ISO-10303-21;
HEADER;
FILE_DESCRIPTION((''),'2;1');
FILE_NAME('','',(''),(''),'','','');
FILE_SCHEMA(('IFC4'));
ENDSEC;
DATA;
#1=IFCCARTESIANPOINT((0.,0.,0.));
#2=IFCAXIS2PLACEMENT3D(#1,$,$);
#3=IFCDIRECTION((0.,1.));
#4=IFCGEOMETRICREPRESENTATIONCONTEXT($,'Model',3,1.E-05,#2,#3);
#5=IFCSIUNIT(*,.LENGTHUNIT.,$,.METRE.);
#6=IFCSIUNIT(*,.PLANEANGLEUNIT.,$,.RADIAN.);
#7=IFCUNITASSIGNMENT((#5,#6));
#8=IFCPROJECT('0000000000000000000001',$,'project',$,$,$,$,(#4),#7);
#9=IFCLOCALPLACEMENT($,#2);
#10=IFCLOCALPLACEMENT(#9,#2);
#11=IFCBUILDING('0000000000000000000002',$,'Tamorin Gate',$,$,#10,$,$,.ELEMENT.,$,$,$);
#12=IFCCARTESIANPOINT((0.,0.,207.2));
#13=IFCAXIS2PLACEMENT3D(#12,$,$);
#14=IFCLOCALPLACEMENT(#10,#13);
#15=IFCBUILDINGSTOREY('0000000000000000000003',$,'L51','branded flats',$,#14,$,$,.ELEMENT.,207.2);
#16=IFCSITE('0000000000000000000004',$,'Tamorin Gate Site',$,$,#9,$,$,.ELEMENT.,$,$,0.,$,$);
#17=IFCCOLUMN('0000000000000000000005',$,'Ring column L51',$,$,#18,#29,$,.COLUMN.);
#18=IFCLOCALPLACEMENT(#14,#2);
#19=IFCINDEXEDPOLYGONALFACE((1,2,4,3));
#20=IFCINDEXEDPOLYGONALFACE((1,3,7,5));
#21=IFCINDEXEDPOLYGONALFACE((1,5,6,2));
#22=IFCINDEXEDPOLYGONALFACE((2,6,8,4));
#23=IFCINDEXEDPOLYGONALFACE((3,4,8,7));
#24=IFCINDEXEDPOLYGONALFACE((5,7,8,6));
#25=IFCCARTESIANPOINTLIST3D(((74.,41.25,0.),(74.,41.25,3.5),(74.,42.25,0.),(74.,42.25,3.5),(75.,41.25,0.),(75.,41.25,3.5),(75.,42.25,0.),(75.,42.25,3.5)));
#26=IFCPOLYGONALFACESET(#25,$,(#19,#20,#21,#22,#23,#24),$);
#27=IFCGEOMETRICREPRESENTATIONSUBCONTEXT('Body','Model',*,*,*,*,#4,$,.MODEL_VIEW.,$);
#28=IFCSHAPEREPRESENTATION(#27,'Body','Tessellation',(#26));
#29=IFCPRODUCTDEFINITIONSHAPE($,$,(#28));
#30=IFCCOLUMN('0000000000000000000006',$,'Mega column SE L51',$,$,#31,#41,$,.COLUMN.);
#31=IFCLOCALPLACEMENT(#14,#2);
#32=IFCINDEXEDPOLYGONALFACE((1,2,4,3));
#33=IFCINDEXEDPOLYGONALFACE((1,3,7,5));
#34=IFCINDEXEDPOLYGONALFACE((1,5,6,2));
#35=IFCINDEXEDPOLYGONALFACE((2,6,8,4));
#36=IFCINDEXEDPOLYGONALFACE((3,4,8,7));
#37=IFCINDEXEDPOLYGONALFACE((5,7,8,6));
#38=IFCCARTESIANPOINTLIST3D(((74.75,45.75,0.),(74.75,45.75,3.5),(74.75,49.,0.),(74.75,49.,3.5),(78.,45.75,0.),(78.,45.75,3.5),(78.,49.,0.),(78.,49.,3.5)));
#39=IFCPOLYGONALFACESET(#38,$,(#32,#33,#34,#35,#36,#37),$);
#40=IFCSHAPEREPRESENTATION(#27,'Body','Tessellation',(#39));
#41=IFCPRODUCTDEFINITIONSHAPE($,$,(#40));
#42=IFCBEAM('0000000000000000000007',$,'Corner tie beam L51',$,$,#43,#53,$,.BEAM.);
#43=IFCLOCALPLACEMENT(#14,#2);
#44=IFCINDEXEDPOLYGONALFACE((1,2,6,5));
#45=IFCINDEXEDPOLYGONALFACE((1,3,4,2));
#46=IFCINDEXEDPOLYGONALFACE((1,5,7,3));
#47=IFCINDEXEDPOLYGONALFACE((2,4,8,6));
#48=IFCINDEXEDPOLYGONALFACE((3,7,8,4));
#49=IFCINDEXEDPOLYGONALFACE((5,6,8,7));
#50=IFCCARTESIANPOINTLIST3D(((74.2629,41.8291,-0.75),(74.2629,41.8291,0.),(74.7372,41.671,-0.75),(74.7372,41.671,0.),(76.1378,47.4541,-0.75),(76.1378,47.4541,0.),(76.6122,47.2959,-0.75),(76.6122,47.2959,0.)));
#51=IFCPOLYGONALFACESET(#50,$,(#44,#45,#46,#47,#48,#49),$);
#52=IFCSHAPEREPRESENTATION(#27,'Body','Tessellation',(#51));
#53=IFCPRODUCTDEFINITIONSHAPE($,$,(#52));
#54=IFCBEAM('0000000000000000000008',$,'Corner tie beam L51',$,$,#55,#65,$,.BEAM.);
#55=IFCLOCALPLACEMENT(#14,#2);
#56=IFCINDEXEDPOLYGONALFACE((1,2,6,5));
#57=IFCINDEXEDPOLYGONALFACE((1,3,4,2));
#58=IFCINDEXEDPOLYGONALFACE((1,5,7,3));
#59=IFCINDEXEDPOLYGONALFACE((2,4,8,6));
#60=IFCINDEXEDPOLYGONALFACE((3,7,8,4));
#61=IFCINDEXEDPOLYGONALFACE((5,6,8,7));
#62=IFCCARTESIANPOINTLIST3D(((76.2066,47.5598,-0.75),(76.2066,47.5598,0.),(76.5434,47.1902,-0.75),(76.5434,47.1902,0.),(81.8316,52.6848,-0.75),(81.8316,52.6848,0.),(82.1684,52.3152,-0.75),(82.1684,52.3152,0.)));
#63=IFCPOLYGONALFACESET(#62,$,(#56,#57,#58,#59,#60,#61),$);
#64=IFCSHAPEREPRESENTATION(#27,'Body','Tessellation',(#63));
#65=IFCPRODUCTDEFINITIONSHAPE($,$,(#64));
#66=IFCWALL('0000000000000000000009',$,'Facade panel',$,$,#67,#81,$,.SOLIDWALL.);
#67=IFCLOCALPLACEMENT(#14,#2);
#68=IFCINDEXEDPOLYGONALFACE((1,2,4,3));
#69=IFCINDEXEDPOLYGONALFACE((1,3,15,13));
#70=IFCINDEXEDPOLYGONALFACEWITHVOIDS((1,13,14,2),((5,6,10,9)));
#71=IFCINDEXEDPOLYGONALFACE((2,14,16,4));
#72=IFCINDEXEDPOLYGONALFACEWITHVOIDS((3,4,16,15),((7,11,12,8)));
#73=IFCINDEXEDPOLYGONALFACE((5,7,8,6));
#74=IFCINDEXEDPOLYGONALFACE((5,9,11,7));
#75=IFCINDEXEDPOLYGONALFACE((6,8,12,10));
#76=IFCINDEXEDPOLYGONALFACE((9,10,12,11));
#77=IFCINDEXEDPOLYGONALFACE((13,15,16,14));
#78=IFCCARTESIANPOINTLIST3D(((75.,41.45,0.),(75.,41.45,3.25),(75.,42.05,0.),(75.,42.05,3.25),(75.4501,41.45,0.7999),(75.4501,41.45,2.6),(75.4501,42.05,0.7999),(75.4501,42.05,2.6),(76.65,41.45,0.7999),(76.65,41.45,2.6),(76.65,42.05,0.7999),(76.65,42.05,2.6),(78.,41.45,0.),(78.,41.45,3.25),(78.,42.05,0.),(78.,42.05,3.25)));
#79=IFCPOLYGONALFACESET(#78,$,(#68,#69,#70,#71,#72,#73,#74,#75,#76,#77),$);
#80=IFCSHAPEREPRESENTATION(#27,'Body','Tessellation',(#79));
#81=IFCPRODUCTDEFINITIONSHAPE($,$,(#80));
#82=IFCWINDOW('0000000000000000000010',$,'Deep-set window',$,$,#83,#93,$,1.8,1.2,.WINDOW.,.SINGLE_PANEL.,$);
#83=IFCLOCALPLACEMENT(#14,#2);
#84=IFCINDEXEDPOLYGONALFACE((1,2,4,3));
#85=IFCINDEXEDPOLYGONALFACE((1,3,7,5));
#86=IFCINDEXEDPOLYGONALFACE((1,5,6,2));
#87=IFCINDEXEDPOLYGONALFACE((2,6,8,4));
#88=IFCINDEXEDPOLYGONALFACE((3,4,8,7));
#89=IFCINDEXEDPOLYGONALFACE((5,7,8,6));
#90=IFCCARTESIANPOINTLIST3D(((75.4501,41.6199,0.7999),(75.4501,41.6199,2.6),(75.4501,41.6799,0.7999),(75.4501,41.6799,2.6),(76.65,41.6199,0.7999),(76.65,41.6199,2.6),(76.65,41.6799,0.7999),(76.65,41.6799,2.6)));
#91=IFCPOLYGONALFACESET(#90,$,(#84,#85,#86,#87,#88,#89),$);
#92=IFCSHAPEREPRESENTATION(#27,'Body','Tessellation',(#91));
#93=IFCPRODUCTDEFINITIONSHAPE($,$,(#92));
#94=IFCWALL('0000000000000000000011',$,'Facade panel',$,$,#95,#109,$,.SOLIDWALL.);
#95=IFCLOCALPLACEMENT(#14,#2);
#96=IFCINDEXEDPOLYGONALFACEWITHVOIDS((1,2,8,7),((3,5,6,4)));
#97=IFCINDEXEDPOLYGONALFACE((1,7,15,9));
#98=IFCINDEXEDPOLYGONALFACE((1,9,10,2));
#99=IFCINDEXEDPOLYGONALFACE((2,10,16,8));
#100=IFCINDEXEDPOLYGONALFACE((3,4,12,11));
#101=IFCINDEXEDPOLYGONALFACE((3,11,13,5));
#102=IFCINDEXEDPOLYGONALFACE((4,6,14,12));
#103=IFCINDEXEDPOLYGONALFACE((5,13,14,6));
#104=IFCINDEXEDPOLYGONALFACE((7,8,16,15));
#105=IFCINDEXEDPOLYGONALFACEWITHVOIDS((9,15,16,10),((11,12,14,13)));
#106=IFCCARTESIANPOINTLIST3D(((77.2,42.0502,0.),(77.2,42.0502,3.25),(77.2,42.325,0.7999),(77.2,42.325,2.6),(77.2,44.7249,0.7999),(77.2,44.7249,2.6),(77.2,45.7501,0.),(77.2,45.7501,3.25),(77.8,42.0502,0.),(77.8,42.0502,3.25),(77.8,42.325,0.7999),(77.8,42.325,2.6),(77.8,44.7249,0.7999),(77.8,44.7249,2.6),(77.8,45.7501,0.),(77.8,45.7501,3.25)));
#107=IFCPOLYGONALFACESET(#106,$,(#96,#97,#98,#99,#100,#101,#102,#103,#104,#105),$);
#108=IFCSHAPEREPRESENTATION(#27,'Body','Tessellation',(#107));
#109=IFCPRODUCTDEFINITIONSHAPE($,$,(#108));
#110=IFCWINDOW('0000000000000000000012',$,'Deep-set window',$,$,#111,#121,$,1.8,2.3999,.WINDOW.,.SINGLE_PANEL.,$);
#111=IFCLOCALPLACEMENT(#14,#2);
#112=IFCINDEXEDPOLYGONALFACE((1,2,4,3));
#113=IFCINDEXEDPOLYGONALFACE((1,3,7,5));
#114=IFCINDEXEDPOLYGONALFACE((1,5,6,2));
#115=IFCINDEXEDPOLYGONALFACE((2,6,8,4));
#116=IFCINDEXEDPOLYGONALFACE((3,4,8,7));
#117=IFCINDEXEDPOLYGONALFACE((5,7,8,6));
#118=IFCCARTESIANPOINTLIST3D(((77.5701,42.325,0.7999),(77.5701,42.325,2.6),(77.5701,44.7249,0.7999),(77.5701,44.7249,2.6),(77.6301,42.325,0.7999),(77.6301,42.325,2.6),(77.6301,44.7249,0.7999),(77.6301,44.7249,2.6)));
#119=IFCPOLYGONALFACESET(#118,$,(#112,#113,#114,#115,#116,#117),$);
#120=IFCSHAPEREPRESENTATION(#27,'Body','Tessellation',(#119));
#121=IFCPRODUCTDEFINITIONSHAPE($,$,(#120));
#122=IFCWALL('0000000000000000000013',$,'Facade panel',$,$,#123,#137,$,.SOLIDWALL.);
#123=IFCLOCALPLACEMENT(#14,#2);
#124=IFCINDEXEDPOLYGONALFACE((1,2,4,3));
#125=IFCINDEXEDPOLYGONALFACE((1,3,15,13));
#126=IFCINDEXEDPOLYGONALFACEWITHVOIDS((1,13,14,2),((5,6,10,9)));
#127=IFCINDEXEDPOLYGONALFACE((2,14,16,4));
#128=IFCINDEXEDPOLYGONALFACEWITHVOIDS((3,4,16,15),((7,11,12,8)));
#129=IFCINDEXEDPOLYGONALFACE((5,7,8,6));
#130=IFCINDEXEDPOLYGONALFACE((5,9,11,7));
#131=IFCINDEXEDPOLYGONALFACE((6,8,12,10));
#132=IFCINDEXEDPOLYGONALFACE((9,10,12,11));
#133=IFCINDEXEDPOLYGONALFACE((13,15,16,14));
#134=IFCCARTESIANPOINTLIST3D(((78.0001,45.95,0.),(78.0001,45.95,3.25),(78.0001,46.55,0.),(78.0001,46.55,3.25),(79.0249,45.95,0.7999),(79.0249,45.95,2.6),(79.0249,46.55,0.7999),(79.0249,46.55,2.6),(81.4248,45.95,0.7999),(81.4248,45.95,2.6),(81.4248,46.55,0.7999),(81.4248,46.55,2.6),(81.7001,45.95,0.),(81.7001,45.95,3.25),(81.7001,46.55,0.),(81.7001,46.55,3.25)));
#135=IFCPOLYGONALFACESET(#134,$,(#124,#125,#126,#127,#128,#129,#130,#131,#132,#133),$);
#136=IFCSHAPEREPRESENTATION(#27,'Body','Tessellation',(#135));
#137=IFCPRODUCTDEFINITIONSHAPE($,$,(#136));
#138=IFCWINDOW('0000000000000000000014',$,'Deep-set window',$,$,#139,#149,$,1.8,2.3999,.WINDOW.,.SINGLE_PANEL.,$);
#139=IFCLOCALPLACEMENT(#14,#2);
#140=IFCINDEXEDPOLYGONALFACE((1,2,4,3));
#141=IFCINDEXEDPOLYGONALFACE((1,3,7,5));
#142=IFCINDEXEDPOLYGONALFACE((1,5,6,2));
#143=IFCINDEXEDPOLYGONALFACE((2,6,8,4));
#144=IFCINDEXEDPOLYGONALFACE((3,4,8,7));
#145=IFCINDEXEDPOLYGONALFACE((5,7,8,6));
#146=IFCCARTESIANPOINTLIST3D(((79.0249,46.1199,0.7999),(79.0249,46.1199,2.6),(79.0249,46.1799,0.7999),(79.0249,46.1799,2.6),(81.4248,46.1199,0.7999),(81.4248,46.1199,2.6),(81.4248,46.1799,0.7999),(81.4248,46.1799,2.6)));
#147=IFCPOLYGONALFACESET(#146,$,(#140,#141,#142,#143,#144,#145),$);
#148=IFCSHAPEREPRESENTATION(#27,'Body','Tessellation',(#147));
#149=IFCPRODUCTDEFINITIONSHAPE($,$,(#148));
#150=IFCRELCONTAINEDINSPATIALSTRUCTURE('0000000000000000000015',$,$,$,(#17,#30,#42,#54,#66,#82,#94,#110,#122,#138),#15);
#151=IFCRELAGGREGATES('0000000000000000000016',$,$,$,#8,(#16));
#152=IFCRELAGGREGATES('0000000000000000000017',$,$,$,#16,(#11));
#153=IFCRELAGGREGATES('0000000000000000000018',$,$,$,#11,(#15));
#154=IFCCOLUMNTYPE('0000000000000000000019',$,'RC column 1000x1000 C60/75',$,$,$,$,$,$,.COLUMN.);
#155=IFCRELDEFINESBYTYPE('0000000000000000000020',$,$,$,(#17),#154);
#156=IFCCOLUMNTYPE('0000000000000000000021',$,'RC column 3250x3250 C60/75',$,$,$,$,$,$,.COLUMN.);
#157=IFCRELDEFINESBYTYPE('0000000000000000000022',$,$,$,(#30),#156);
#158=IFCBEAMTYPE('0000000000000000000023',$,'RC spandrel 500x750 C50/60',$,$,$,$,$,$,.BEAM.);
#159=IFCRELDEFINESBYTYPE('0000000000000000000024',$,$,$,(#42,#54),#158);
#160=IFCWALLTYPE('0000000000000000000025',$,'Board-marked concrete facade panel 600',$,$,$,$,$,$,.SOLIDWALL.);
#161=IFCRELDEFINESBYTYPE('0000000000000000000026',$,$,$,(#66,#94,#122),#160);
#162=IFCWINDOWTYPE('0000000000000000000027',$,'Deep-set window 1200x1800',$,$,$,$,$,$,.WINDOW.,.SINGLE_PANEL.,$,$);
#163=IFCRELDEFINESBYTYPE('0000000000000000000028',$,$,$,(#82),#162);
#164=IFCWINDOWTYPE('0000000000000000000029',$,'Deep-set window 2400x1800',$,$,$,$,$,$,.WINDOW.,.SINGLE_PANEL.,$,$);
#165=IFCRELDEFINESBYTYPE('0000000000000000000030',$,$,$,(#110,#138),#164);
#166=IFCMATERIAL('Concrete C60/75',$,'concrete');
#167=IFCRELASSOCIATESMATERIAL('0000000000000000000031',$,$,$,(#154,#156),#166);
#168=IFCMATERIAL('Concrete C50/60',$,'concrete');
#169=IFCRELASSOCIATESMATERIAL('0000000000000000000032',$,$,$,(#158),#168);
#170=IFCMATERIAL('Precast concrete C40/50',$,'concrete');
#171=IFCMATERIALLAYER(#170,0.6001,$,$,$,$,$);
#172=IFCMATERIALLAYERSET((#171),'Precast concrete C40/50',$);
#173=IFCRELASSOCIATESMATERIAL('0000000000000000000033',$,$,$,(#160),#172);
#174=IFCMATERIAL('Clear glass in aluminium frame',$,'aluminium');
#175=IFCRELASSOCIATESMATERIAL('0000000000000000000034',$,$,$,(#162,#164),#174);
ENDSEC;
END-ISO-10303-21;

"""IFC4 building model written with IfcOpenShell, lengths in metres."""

from ifc_helpers import new_model, si_unit, direction, frame, frame_2d, origin, origin_2d, place, context, subcontext, project, spatial, rectangle, extrude, material, layer, layer_set, material_profile, profile_set, type_object, element, fill, save


model = new_model("IFC4")

# Units and contexts
model_context = context("Model", 3, precision=1e-05, world=origin(), true_north=direction((0.0, 1.0)))
body_context = subcontext(model_context, "Body", "Model", "MODEL_VIEW")
ifc_project = project(units=[si_unit("LENGTHUNIT", "METRE"), si_unit("PLANEANGLEUNIT", "RADIAN")], contexts=[model_context])

# Site, building, storey
site_placement = place(None, origin())
site = spatial("IfcSite", under=ifc_project, at=site_placement, Name="Tamorin Gate Site", CompositionType="ELEMENT", RefElevation=0.0)
building_placement = place(site_placement, origin())
building = spatial("IfcBuilding", under=site, at=building_placement, Name="Tamorin Gate", CompositionType="ELEMENT")
storey_placement = place(building_placement, frame((0.0, 0.0, 207.2)))
storey = spatial("IfcBuildingStorey", under=building, at=storey_placement, Name="L51", Description="branded flats", CompositionType="ELEMENT", Elevation=207.2)

# Columns
ifc_material_1 = material(Name="Concrete C60/75", Category="concrete")
ifc_material_profile_1 = material_profile(ifc_material_1, rectangle(XDim=1.0, YDim=1.0, at=origin_2d()), Name="RC 1000x1000")
ifc_profile_set_1 = profile_set([ifc_material_profile_1], Name="Concrete C60/75")
column_type_1 = type_object("IfcColumnType", Name="RC column 1000x1000 C60/75", PredefinedType="COLUMN", material=ifc_profile_set_1)
column_1_placement = place(storey_placement, frame((74.5, 41.75, 0.0), z_axis=(0.0, 0.0, 1.0), x_axis=(1.0, 0.0, 0.0)))
element("IfcColumn", 1, at=column_1_placement, inside=storey, type_object=column_type_1, Name="Ring column L51", PredefinedType="COLUMN", context=body_context, shape_type="SweptSolid", body=[
    extrude(rectangle(XDim=1.0, YDim=1.0, at=origin_2d()), origin(), (0.0, 0.0, 1.0), 3.5),
])
ifc_material_profile_2 = material_profile(ifc_material_1, rectangle(XDim=3.25, YDim=3.25, at=origin_2d()), Name="RC 3250x3250")
ifc_profile_set_2 = profile_set([ifc_material_profile_2], Name="Concrete C60/75")
column_type_2 = type_object("IfcColumnType", Name="RC column 3250x3250 C60/75", PredefinedType="COLUMN", material=ifc_profile_set_2)
column_2_placement = place(storey_placement, frame((76.375, 47.375, 0.0), z_axis=(0.0, 0.0, 1.0), x_axis=(1.0, 0.0, 0.0)))
element("IfcColumn", 2, at=column_2_placement, inside=storey, type_object=column_type_2, Name="Mega column SE L51", PredefinedType="COLUMN", context=body_context, shape_type="SweptSolid", body=[
    extrude(rectangle(XDim=3.25, YDim=3.25, at=origin_2d()), origin(), (0.0, 0.0, 1.0), 3.5),
])

# Beams
ifc_material_2 = material(Name="Concrete C50/60", Category="concrete")
ifc_material_profile_3 = material_profile(ifc_material_2, rectangle(XDim=0.5, YDim=0.75, at=origin_2d()), Name="RC 500x750")
ifc_profile_set_3 = profile_set([ifc_material_profile_3], Name="Concrete C50/60")
beam_type = type_object("IfcBeamType", Name="RC spandrel 500x750 C50/60", PredefinedType="BEAM", material=ifc_profile_set_3)
beam_1_placement = place(storey_placement, frame((76.375, 47.375, -0.375), z_axis=(-0.316228, -0.948683, 0.0), x_axis=(0.948683, -0.316228, 0.0)))
element("IfcBeam", 3, at=beam_1_placement, inside=storey, type_object=beam_type, Name="Corner tie beam L51", PredefinedType="BEAM", context=body_context, shape_type="SweptSolid", body=[
    extrude(rectangle(XDim=0.5, YDim=0.75, at=origin_2d()), origin(), (0.0, 0.0, 1.0), 5.9292),
])
beam_2_placement = place(storey_placement, frame((76.375, 47.375, -0.375), z_axis=(0.739196, 0.67349, 0.0), x_axis=(-0.67349, 0.739196, 0.0)))
element("IfcBeam", 4, at=beam_2_placement, inside=storey, type_object=beam_type, Name="Corner tie beam L51", PredefinedType="BEAM", context=body_context, shape_type="SweptSolid", body=[
    extrude(rectangle(XDim=0.5, YDim=0.75, at=origin_2d()), origin(), (0.0, 0.0, 1.0), 7.6096),
])

# Walls, openings, windows
ifc_material_3 = material(Name="Precast concrete C40/50", Category="concrete")
ifc_layer = layer(ifc_material_3, 0.6001)
ifc_layer_set = layer_set([ifc_layer], Name="Precast concrete C40/50")
wall_type = type_object("IfcWallType", Name="Board-marked concrete facade panel 600", PredefinedType="SOLIDWALL", material=ifc_layer_set)
wall_1_placement = place(storey_placement, frame((75.0, 41.75, 0.0), z_axis=(0.0, 0.0, 1.0), x_axis=(1.0, 0.0, 0.0)))
wall_1 = element("IfcWall", 5, at=wall_1_placement, inside=storey, type_object=wall_type, Name="Facade panel", PredefinedType="SOLIDWALL", context=body_context, shape_type="SweptSolid", body=[
    extrude(rectangle(XDim=3.0, YDim=0.6001, at=frame_2d((1.5, 0.0))), origin(), (0.0, 0.0, 1.0), 3.25),
])
opening_1_placement = place(wall_1_placement, frame((0.45, 0.0, 0.8)))
opening_1 = element("IfcOpeningElement", 6, at=opening_1_placement, cuts=wall_1, PredefinedType="OPENING", context=body_context, shape_type="SweptSolid", body=[
    extrude(rectangle(XDim=1.2, YDim=1.8, at=frame_2d((0.6001, 0.8999))), frame((0.0, 0.3101, 0.0), z_axis=(0.0, -1.0, 0.0), x_axis=(1.0, 0.0, 0.0)), (0.0, 0.0, 1.0), 0.6201),
])
ifc_material_4 = material(Name="Clear glass in aluminium frame", Category="aluminium")
window_type_1 = type_object("IfcWindowType", Name="Deep-set window 1200x1800", PartitioningType="SINGLE_PANEL", PredefinedType="WINDOW", material=ifc_material_4)
window_1_placement = place(opening_1_placement, origin())
window_1 = element("IfcWindow", 7, at=window_1_placement, inside=storey, type_object=window_type_1, Name="Deep-set window", OverallHeight=1.8, OverallWidth=1.2, PartitioningType="SINGLE_PANEL", PredefinedType="WINDOW", context=body_context, shape_type="SweptSolid", body=[
    extrude(rectangle(XDim=1.2, YDim=1.8, at=frame_2d((0.6001, 0.8999))), frame((0.0, -0.0701, 0.0), z_axis=(0.0, -1.0, 0.0), x_axis=(1.0, 0.0, 0.0)), (0.0, 0.0, 1.0), 0.0601),
])
fill(opening_1, window_1)
wall_2_placement = place(storey_placement, frame((77.5, 42.05, 0.0), z_axis=(0.0, 0.0, 1.0), x_axis=(0.0, 1.0, 0.0)))
wall_2 = element("IfcWall", 8, at=wall_2_placement, inside=storey, type_object=wall_type, Name="Facade panel", PredefinedType="SOLIDWALL", context=body_context, shape_type="SweptSolid", body=[
    extrude(rectangle(XDim=3.7, YDim=0.6001, at=frame_2d((1.8501, 0.0))), origin(), (0.0, 0.0, 1.0), 3.25),
])
opening_2_placement = place(wall_2_placement, frame((0.2749, 0.0, 0.8)))
opening_2 = element("IfcOpeningElement", 9, at=opening_2_placement, cuts=wall_2, PredefinedType="OPENING", context=body_context, shape_type="SweptSolid", body=[
    extrude(rectangle(XDim=2.3999, YDim=1.8, at=frame_2d((1.2, 0.8999))), frame((0.0, 0.3101, 0.0), z_axis=(0.0, -1.0, 0.0), x_axis=(1.0, 0.0, 0.0)), (0.0, 0.0, 1.0), 0.6201),
])
window_type_2 = type_object("IfcWindowType", Name="Deep-set window 2400x1800", PartitioningType="SINGLE_PANEL", PredefinedType="WINDOW", material=ifc_material_4)
window_2_placement = place(opening_2_placement, origin())
window_2 = element("IfcWindow", 10, at=window_2_placement, inside=storey, type_object=window_type_2, Name="Deep-set window", OverallHeight=1.8, OverallWidth=2.3999, PartitioningType="SINGLE_PANEL", PredefinedType="WINDOW", context=body_context, shape_type="SweptSolid", body=[
    extrude(rectangle(XDim=2.3999, YDim=1.8, at=frame_2d((1.2, 0.8999))), frame((0.0, -0.0701, 0.0), z_axis=(0.0, -1.0, 0.0), x_axis=(1.0, 0.0, 0.0)), (0.0, 0.0, 1.0), 0.0601),
])
fill(opening_2, window_2)
wall_3_placement = place(storey_placement, frame((78.0, 46.25, 0.0), z_axis=(0.0, 0.0, 1.0), x_axis=(1.0, 0.0, 0.0)))
wall_3 = element("IfcWall", 11, at=wall_3_placement, inside=storey, type_object=wall_type, Name="Facade panel", PredefinedType="SOLIDWALL", context=body_context, shape_type="SweptSolid", body=[
    extrude(rectangle(XDim=3.7, YDim=0.6001, at=frame_2d((1.8501, 0.0))), origin(), (0.0, 0.0, 1.0), 3.25),
])
opening_3_placement = place(wall_3_placement, frame((1.0249, 0.0, 0.8)))
opening_3 = element("IfcOpeningElement", 12, at=opening_3_placement, cuts=wall_3, PredefinedType="OPENING", context=body_context, shape_type="SweptSolid", body=[
    extrude(rectangle(XDim=2.3999, YDim=1.8, at=frame_2d((1.2, 0.8999))), frame((0.0, 0.3101, 0.0), z_axis=(0.0, -1.0, 0.0), x_axis=(1.0, 0.0, 0.0)), (0.0, 0.0, 1.0), 0.6201),
])
window_3_placement = place(opening_3_placement, origin())
window_3 = element("IfcWindow", 13, at=window_3_placement, inside=storey, type_object=window_type_2, Name="Deep-set window", OverallHeight=1.8, OverallWidth=2.3999, PartitioningType="SINGLE_PANEL", PredefinedType="WINDOW", context=body_context, shape_type="SweptSolid", body=[
    extrude(rectangle(XDim=2.3999, YDim=1.8, at=frame_2d((1.2, 0.8999))), frame((0.0, -0.0701, 0.0), z_axis=(0.0, -1.0, 0.0), x_axis=(1.0, 0.0, 0.0)), (0.0, 0.0, 1.0), 0.0601),
])
fill(opening_3, window_3)

save(model, "model.ifc")
